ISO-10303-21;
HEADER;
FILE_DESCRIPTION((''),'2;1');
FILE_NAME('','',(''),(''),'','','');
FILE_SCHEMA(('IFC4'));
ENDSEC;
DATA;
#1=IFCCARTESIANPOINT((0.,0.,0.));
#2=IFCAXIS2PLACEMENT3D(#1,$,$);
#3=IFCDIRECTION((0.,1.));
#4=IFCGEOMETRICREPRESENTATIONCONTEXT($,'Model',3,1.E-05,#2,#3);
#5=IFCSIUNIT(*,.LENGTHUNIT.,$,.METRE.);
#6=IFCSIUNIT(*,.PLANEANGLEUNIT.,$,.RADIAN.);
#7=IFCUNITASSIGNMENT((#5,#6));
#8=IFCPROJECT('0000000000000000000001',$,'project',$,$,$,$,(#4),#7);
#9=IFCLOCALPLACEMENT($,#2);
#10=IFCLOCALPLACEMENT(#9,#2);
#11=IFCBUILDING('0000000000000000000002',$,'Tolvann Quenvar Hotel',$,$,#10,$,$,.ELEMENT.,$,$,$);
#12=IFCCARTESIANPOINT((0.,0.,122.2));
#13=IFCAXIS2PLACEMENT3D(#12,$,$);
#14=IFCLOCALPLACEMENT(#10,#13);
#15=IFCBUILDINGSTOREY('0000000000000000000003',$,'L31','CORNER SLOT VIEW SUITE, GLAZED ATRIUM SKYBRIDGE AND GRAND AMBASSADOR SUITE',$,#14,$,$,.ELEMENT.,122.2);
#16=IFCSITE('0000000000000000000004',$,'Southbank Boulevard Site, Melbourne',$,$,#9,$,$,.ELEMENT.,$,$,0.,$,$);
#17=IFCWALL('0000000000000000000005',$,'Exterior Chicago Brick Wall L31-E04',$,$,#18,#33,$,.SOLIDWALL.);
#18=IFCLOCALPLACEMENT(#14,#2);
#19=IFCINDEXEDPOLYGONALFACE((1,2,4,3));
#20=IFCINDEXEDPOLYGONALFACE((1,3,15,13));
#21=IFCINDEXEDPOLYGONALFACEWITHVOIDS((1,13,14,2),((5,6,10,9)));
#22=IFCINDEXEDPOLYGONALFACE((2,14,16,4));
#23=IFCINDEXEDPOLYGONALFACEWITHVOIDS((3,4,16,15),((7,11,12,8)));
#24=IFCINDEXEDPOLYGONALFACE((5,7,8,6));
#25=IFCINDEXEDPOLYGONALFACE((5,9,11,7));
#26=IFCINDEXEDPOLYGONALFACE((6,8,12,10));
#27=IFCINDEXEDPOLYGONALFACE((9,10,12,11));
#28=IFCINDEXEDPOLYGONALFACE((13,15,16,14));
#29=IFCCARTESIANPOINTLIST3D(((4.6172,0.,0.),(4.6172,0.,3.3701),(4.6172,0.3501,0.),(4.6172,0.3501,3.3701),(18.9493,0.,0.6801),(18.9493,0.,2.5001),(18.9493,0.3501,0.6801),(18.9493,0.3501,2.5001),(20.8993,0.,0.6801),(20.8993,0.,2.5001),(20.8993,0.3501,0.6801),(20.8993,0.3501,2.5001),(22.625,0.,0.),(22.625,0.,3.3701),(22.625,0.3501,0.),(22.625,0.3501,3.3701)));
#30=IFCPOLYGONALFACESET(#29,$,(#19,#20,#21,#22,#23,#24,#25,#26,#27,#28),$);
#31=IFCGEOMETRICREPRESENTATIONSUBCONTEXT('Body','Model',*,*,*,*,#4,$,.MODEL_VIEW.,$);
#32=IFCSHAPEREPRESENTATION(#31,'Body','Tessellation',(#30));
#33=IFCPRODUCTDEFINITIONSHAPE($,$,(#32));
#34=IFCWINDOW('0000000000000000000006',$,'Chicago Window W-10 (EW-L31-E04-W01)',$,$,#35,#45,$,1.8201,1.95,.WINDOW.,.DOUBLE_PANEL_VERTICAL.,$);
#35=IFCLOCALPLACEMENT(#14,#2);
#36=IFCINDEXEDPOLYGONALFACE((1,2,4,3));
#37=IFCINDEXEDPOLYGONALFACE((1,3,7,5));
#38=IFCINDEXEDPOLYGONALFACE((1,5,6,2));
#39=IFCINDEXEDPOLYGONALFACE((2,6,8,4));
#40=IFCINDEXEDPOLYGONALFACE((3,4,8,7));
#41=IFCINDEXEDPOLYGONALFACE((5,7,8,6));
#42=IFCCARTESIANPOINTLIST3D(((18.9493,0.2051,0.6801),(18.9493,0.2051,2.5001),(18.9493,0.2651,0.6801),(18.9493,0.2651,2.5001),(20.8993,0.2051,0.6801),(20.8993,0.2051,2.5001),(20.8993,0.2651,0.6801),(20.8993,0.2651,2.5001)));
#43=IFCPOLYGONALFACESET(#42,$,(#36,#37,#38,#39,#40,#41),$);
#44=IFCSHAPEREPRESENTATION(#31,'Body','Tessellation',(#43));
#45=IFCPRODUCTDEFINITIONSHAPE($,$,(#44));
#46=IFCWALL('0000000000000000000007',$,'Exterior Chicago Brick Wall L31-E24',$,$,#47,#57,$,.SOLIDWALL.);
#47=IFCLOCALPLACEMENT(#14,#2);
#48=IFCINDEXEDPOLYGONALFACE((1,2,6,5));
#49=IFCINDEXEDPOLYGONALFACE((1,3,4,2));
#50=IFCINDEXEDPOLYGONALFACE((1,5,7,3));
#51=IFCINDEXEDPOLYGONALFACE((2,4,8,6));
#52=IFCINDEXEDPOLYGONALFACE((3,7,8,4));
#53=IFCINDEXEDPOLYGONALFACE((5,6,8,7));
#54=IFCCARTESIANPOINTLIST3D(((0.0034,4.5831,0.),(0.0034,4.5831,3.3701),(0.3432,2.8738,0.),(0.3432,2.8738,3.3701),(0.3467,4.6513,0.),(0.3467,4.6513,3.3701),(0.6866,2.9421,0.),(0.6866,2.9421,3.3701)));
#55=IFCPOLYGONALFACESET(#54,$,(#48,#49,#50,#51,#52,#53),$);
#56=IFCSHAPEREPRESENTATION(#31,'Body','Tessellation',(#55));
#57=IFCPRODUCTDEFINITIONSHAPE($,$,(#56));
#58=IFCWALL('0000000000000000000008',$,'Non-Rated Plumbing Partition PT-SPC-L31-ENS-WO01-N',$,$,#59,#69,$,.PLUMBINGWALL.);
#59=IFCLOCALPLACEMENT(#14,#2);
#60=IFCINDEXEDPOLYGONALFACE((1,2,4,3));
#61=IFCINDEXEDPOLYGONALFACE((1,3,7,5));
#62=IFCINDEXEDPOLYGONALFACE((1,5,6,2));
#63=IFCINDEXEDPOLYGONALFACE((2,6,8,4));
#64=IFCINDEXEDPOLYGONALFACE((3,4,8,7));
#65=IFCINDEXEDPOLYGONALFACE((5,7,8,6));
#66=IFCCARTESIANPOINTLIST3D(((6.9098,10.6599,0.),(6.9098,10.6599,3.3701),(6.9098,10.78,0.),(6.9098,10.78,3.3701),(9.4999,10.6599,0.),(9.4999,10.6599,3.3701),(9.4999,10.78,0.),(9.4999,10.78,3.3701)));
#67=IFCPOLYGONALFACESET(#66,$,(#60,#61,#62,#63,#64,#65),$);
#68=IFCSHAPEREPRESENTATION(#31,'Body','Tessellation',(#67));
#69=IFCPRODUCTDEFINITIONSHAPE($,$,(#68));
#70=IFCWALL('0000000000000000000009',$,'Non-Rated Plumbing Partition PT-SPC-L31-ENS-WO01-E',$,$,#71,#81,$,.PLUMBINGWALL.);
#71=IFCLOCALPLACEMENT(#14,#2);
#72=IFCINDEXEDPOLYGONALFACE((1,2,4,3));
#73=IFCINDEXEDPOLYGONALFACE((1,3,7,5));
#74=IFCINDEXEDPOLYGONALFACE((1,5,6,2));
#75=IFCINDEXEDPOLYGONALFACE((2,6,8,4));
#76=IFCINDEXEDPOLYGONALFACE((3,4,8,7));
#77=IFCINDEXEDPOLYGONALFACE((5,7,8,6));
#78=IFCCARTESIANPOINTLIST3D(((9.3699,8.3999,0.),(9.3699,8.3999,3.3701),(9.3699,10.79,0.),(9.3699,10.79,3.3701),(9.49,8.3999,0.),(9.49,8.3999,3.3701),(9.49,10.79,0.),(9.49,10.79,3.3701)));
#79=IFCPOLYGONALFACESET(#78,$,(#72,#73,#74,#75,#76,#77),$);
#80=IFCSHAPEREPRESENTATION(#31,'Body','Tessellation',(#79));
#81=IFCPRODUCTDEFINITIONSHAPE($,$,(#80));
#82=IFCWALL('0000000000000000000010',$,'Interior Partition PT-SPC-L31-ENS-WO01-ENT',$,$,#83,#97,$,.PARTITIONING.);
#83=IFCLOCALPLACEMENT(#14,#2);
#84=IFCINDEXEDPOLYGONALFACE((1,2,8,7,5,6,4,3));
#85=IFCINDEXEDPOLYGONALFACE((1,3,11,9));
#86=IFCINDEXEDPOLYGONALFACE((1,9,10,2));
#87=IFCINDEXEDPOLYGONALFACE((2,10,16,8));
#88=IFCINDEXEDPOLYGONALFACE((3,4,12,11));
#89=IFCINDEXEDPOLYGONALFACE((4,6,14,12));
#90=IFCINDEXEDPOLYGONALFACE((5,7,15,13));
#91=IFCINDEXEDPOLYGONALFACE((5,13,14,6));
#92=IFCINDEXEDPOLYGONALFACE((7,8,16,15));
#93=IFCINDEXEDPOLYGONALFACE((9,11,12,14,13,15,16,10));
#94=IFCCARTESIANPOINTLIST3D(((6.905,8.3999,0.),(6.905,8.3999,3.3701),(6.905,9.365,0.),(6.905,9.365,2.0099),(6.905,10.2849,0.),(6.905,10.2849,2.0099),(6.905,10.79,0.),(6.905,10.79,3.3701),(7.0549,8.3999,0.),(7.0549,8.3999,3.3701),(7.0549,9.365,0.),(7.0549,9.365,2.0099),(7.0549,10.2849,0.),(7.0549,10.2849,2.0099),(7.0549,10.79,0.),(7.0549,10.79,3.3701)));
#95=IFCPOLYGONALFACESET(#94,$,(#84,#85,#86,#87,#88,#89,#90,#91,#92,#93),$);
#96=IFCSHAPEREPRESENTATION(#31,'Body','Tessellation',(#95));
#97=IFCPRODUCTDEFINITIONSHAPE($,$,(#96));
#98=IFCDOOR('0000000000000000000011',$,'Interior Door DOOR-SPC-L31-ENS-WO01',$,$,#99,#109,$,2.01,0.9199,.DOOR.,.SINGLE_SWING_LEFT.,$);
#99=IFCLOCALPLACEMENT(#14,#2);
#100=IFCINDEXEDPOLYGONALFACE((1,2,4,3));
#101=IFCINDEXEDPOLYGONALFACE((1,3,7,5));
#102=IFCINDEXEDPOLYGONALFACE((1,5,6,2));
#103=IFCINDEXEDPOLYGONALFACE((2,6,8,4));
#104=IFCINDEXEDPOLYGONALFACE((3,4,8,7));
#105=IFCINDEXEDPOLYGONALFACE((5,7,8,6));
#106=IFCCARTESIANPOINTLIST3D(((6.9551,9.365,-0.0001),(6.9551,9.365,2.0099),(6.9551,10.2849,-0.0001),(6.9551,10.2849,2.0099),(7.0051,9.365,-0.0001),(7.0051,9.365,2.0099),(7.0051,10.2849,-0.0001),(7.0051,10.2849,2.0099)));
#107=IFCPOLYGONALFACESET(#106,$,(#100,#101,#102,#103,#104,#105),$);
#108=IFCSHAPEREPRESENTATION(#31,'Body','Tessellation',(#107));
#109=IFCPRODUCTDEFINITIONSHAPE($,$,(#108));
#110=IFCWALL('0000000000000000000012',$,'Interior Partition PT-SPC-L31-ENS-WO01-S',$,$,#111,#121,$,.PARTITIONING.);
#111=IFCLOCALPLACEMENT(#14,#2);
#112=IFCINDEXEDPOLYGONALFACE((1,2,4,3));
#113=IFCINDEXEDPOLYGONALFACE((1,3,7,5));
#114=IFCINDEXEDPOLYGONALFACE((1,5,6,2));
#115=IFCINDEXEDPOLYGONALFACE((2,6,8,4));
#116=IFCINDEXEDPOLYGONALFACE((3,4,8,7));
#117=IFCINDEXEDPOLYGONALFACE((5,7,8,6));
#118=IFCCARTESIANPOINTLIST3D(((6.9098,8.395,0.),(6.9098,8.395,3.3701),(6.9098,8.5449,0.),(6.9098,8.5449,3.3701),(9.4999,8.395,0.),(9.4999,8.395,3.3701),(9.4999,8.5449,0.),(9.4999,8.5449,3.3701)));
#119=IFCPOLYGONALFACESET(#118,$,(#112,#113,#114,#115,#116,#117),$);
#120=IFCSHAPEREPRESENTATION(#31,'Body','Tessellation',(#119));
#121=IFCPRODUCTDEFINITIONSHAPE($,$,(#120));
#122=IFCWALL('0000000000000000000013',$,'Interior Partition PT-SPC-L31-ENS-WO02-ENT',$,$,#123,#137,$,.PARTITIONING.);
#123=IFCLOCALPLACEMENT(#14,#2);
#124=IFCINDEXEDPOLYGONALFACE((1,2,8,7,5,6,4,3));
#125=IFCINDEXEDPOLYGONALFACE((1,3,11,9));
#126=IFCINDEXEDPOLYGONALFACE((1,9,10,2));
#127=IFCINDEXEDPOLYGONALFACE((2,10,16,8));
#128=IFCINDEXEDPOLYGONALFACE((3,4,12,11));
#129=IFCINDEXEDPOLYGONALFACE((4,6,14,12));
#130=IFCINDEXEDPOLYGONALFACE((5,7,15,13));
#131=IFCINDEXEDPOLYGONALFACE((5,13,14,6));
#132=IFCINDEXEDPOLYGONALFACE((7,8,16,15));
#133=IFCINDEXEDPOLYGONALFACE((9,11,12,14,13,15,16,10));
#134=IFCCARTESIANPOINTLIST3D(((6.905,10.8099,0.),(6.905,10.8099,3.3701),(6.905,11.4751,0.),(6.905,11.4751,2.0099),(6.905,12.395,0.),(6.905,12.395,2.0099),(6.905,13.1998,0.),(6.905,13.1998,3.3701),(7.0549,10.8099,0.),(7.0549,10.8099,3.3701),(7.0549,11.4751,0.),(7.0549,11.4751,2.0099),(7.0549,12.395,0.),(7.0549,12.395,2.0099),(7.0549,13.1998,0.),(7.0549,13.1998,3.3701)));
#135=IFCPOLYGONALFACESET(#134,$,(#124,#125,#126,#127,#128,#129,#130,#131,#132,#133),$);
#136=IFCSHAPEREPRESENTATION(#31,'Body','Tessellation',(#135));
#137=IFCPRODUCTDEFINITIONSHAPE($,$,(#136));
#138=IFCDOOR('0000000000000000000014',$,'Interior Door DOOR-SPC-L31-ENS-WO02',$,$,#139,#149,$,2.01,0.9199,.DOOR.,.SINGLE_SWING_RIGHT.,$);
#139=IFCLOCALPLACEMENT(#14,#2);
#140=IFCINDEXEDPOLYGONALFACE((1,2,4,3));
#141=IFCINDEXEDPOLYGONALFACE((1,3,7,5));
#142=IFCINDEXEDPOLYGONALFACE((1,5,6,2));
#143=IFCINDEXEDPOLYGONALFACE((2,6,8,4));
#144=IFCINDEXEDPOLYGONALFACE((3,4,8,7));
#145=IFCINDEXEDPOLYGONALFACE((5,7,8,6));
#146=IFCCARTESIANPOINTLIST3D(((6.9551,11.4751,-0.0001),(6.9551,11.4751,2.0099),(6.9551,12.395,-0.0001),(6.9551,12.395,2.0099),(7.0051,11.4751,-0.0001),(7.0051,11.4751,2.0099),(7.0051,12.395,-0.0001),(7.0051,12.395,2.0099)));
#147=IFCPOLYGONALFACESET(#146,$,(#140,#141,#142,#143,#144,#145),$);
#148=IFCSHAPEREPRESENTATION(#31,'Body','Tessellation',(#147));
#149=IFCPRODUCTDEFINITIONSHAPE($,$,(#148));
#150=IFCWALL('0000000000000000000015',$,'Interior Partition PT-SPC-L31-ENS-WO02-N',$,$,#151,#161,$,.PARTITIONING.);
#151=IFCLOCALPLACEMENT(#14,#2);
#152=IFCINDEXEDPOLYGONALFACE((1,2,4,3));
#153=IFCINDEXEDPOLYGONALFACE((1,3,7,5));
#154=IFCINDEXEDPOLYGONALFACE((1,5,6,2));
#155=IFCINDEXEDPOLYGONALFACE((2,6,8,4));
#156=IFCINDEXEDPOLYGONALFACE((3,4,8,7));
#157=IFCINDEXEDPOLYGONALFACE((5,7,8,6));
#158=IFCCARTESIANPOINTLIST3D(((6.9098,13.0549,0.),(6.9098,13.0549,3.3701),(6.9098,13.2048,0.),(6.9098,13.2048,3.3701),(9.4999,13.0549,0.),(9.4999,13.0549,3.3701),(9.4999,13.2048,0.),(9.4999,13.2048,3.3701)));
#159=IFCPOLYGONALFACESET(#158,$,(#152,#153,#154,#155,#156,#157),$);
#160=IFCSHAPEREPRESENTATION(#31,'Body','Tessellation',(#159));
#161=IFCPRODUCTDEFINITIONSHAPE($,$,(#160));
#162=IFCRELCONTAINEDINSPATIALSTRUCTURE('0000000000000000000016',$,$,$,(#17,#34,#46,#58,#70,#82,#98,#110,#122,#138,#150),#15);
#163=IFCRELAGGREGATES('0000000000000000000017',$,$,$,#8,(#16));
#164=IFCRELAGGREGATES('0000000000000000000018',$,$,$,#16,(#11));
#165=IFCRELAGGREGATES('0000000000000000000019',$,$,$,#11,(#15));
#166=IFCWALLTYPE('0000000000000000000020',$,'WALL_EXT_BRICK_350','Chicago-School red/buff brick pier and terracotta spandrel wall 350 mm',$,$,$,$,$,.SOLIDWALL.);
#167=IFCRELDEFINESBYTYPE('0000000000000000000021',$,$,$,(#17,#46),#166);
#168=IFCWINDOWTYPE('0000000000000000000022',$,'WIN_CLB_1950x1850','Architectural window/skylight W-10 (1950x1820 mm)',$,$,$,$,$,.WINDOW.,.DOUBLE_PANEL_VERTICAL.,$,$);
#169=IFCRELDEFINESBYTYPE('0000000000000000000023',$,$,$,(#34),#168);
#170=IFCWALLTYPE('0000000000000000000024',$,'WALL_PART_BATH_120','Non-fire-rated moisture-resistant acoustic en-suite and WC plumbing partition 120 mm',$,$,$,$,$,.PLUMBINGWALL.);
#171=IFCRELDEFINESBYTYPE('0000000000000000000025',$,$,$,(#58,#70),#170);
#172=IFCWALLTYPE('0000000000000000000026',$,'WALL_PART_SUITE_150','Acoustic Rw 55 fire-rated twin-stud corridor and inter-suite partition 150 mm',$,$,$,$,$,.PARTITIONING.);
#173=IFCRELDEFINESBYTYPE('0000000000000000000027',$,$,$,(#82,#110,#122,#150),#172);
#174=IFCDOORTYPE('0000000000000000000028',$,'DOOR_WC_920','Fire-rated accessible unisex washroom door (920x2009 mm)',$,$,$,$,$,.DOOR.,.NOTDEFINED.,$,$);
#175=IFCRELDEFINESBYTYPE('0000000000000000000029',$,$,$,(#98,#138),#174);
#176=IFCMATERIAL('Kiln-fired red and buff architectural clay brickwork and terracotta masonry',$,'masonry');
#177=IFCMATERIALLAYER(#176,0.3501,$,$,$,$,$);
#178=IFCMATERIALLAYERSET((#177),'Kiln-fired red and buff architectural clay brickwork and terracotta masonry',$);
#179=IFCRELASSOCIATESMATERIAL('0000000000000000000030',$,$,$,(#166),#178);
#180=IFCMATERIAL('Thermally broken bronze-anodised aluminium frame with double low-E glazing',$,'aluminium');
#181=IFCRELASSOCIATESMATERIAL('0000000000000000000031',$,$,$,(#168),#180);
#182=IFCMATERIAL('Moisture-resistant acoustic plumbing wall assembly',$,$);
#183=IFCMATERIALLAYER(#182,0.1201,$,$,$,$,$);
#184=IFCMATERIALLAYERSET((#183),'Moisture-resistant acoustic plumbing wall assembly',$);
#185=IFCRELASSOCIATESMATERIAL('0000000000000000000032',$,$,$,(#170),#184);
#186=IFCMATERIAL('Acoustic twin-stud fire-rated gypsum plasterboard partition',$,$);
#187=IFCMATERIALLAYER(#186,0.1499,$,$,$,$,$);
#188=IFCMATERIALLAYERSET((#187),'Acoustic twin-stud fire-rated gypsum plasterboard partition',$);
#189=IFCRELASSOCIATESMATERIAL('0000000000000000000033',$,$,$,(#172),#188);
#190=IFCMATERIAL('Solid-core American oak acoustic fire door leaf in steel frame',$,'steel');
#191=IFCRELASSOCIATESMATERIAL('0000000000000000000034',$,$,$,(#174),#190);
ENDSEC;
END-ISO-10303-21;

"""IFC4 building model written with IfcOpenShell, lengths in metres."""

from ifc_helpers import new_model, si_unit, direction, frame, frame_2d, origin, place, context, subcontext, project, spatial, rectangle, extrude, source, transform, mapped, material, layer, layer_set, type_object, type_shapes, element, fill, save


model = new_model("IFC4")

# Units and contexts
model_context = context("Model", 3, precision=1e-05, world=origin(), true_north=direction((0.0, 1.0)))
body_context = subcontext(model_context, "Body", "Model", "MODEL_VIEW")
ifc_project = project(units=[si_unit("LENGTHUNIT", "METRE"), si_unit("PLANEANGLEUNIT", "RADIAN")], contexts=[model_context])

# Site, building, storey
site_placement = place(None, origin())
site = spatial("IfcSite", under=ifc_project, at=site_placement, Name="Southbank Boulevard Site, Melbourne", CompositionType="ELEMENT", RefElevation=0.0)
building_placement = place(site_placement, origin())
building = spatial("IfcBuilding", under=site, at=building_placement, Name="Tolvann Quenvar Hotel", CompositionType="ELEMENT")
storey_placement = place(building_placement, frame((0.0, 0.0, 122.2)))
storey = spatial("IfcBuildingStorey", under=building, at=storey_placement, Name="L31", Description="CORNER SLOT VIEW SUITE, GLAZED ATRIUM SKYBRIDGE AND GRAND AMBASSADOR SUITE", CompositionType="ELEMENT", Elevation=122.2)

# Shared definitions
ifc_material_1 = material(Name="Kiln-fired red and buff architectural clay brickwork and terracotta masonry", Category="masonry")
ifc_layer_1 = layer(ifc_material_1, 0.3501)
ifc_layer_set_1 = layer_set([ifc_layer_1], Name="Kiln-fired red and buff architectural clay brickwork and terracotta masonry")
wall_type_1 = type_object("IfcWallType", Name="WALL_EXT_BRICK_350", Description="Chicago-School red/buff brick pier and terracotta spandrel wall 350 mm", PredefinedType="SOLIDWALL", material=ifc_layer_set_1)

# Wall, opening, window
wall_1_placement = place(storey_placement, frame((4.6172, 0.175, 0.0), z_axis=(0.0, 0.0, 1.0), x_axis=(1.0, 0.0, 0.0)))
wall_1 = element("IfcWall", 1, at=wall_1_placement, inside=storey, type_object=wall_type_1, Name="Exterior Chicago Brick Wall L31-E04", PredefinedType="SOLIDWALL", context=body_context, shape_type="SweptSolid", body=[
    extrude(rectangle(XDim=18.0078, YDim=0.3501, at=frame_2d((9.0039, 0.0))), origin(), (0.0, 0.0, 1.0), 3.3701),
])
opening_1_placement = place(wall_1_placement, frame((14.332, 0.0, 0.6799)))
opening_1 = element("IfcOpeningElement", 2, at=opening_1_placement, cuts=wall_1, PredefinedType="OPENING", context=body_context, shape_type="SweptSolid", body=[
    extrude(rectangle(XDim=1.95, YDim=1.8201, at=frame_2d((0.9751, 0.9102))), frame((0.0, 0.1851, 0.0), z_axis=(0.0, -1.0, 0.0), x_axis=(1.0, 0.0, 0.0)), (0.0, 0.0, 1.0), 0.3701),
])
ifc_material_2 = material(Name="Thermally broken bronze-anodised aluminium frame with double low-E glazing", Category="aluminium")
window_type = type_object("IfcWindowType", Name="WIN_CLB_1950x1850", Description="Architectural window/skylight W-10 (1950x1820 mm)", PartitioningType="DOUBLE_PANEL_VERTICAL", PredefinedType="WINDOW", material=ifc_material_2)
shared_shape_1 = source(origin(), body_context, "Body", "SweptSolid", [
    extrude(rectangle(XDim=1.95, YDim=1.8201, at=frame_2d((0.9751, 0.9102))), frame((0.0, 0.0901, 0.0), z_axis=(0.0, -1.0, 0.0), x_axis=(1.0, 0.0, 0.0)), (0.0, 0.0, 1.0), 0.0601),
])
type_shapes(window_type, [shared_shape_1])
window_placement = place(opening_1_placement, origin())
window = element("IfcWindow", 3, at=window_placement, inside=storey, type_object=window_type, Name="Chicago Window W-10 (EW-L31-E04-W01)", OverallHeight=1.8201, OverallWidth=1.95, PartitioningType="DOUBLE_PANEL_VERTICAL", PredefinedType="WINDOW", context=body_context, shape_type="MappedRepresentation", body=[
    mapped(shared_shape_1, transform((0.0, 0.0, 0.0), x_axis=(1.0, 0.0, 0.0), y_axis=(0.0, 1.0, 0.0), z_axis=(0.0, 0.0, 1.0), scale=1.0)),
])
fill(opening_1, window)

# Walls
wall_2_placement = place(storey_placement, frame((0.175, 4.6172, 0.0), z_axis=(0.0, 0.0, 1.0), x_axis=(0.195011, -0.980801, 0.0)))
element("IfcWall", 4, at=wall_2_placement, inside=storey, type_object=wall_type_1, Name="Exterior Chicago Brick Wall L31-E24", PredefinedType="SOLIDWALL", context=body_context, shape_type="SweptSolid", body=[
    extrude(rectangle(XDim=1.7427, YDim=0.3501, at=frame_2d((0.8713, 0.0))), origin(), (0.0, 0.0, 1.0), 3.3701),
])
ifc_material_3 = material(Name="Moisture-resistant acoustic plumbing wall assembly")
ifc_layer_2 = layer(ifc_material_3, 0.1201)
ifc_layer_set_2 = layer_set([ifc_layer_2], Name="Moisture-resistant acoustic plumbing wall assembly")
wall_type_2 = type_object("IfcWallType", Name="WALL_PART_BATH_120", Description="Non-fire-rated moisture-resistant acoustic en-suite and WC plumbing partition 120 mm", PredefinedType="PLUMBINGWALL", material=ifc_layer_set_2)
wall_3_placement = place(storey_placement, frame((6.9099, 10.72, 0.0), z_axis=(0.0, 0.0, 1.0), x_axis=(1.0, 0.0, 0.0)))
element("IfcWall", 5, at=wall_3_placement, inside=storey, type_object=wall_type_2, Name="Non-Rated Plumbing Partition PT-SPC-L31-ENS-WO01-N", PredefinedType="PLUMBINGWALL", context=body_context, shape_type="SweptSolid", body=[
    extrude(rectangle(XDim=2.5901, YDim=0.1201, at=frame_2d((1.2949, 0.0))), origin(), (0.0, 0.0, 1.0), 3.3701),
])
wall_4_placement = place(storey_placement, frame((9.4299, 8.3999, 0.0), z_axis=(0.0, 0.0, 1.0), x_axis=(0.0, 1.0, 0.0)))
element("IfcWall", 6, at=wall_4_placement, inside=storey, type_object=wall_type_2, Name="Non-Rated Plumbing Partition PT-SPC-L31-ENS-WO01-E", PredefinedType="PLUMBINGWALL", context=body_context, shape_type="SweptSolid", body=[
    extrude(rectangle(XDim=2.3901, YDim=0.1201, at=frame_2d((1.1951, 0.0))), origin(), (0.0, 0.0, 1.0), 3.3701),
])

# Wall, opening, door
ifc_material_4 = material(Name="Acoustic twin-stud fire-rated gypsum plasterboard partition")
ifc_layer_3 = layer(ifc_material_4, 0.1499)
ifc_layer_set_3 = layer_set([ifc_layer_3], Name="Acoustic twin-stud fire-rated gypsum plasterboard partition")
wall_type_3 = type_object("IfcWallType", Name="WALL_PART_SUITE_150", Description="Acoustic Rw 55 fire-rated twin-stud corridor and inter-suite partition 150 mm", PredefinedType="PARTITIONING", material=ifc_layer_set_3)
wall_5_placement = place(storey_placement, frame((6.98, 8.3999, 0.0), z_axis=(0.0, 0.0, 1.0), x_axis=(0.0, 1.0, 0.0)))
wall_5 = element("IfcWall", 7, at=wall_5_placement, inside=storey, type_object=wall_type_3, Name="Interior Partition PT-SPC-L31-ENS-WO01-ENT", PredefinedType="PARTITIONING", context=body_context, shape_type="SweptSolid", body=[
    extrude(rectangle(XDim=2.3901, YDim=0.1499, at=frame_2d((1.1951, 0.0))), origin(), (0.0, 0.0, 1.0), 3.3701),
])
opening_2_placement = place(wall_5_placement, frame((0.9651, 0.0, 0.0)))
opening_2 = element("IfcOpeningElement", 8, at=opening_2_placement, cuts=wall_5, PredefinedType="OPENING", context=body_context, shape_type="SweptSolid", body=[
    extrude(rectangle(XDim=0.9199, YDim=2.01, at=frame_2d((0.46, 1.0049))), frame((0.0, 0.085, 0.0), z_axis=(0.0, -1.0, 0.0), x_axis=(1.0, 0.0, 0.0)), (0.0, 0.0, 1.0), 0.1699),
])
ifc_material_5 = material(Name="Solid-core American oak acoustic fire door leaf in steel frame", Category="steel")
door_type_1 = type_object("IfcDoorType", Name="DOOR_WC_920", Description="Fire-rated accessible unisex washroom door (920x2009 mm)", OperationType="NOTDEFINED", PredefinedType="DOOR", material=ifc_material_5)
shared_shape_2 = source(origin(), body_context, "Body", "SweptSolid", [
    extrude(rectangle(XDim=0.9199, YDim=2.01, at=frame_2d((0.46, 1.0049))), frame((0.0, 0.0249, 0.0), z_axis=(0.0, -1.0, 0.0), x_axis=(1.0, 0.0, 0.0)), (0.0, 0.0, 1.0), 0.05),
])
type_shapes(door_type_1, [shared_shape_2])
door_1_placement = place(opening_2_placement, origin())
door_1 = element("IfcDoor", 9, at=door_1_placement, inside=storey, type_object=door_type_1, Name="Interior Door DOOR-SPC-L31-ENS-WO01", OperationType="SINGLE_SWING_LEFT", OverallHeight=2.01, OverallWidth=0.9199, PredefinedType="DOOR", context=body_context, shape_type="MappedRepresentation", body=[
    mapped(shared_shape_2, transform((0.0, 0.0, 0.0), x_axis=(1.0, 0.0, 0.0), y_axis=(0.0, 1.0, 0.0), z_axis=(0.0, 0.0, 1.0), scale=1.0)),
])
fill(opening_2, door_1)

# Wall
wall_6_placement = place(storey_placement, frame((6.9099, 8.47, 0.0), z_axis=(0.0, 0.0, 1.0), x_axis=(1.0, 0.0, 0.0)))
element("IfcWall", 10, at=wall_6_placement, inside=storey, type_object=wall_type_3, Name="Interior Partition PT-SPC-L31-ENS-WO01-S", PredefinedType="PARTITIONING", context=body_context, shape_type="SweptSolid", body=[
    extrude(rectangle(XDim=2.5901, YDim=0.1499, at=frame_2d((1.2949, 0.0))), origin(), (0.0, 0.0, 1.0), 3.3701),
])

# Wall, opening, door
wall_7_placement = place(storey_placement, frame((6.98, 10.8101, 0.0), z_axis=(0.0, 0.0, 1.0), x_axis=(0.0, 1.0, 0.0)))
wall_7 = element("IfcWall", 11, at=wall_7_placement, inside=storey, type_object=wall_type_3, Name="Interior Partition PT-SPC-L31-ENS-WO02-ENT", PredefinedType="PARTITIONING", context=body_context, shape_type="SweptSolid", body=[
    extrude(rectangle(XDim=2.3899, YDim=0.1499, at=frame_2d((1.1948, 0.0))), origin(), (0.0, 0.0, 1.0), 3.3701),
])
opening_3_placement = place(wall_7_placement, frame((0.665, 0.0, 0.0)))
opening_3 = element("IfcOpeningElement", 12, at=opening_3_placement, cuts=wall_7, PredefinedType="OPENING", context=body_context, shape_type="SweptSolid", body=[
    extrude(rectangle(XDim=0.9199, YDim=2.01, at=frame_2d((0.46, 1.0049))), frame((0.0, 0.085, 0.0), z_axis=(0.0, -1.0, 0.0), x_axis=(1.0, 0.0, 0.0)), (0.0, 0.0, 1.0), 0.1699),
])
door_2_placement = place(opening_3_placement, origin())
door_2 = element("IfcDoor", 13, at=door_2_placement, inside=storey, type_object=door_type_1, Name="Interior Door DOOR-SPC-L31-ENS-WO02", OperationType="SINGLE_SWING_RIGHT", OverallHeight=2.01, OverallWidth=0.9199, PredefinedType="DOOR", context=body_context, shape_type="MappedRepresentation", body=[
    mapped(shared_shape_2, transform((0.0, 0.0, 0.0), x_axis=(1.0, 0.0, 0.0), y_axis=(0.0, 1.0, 0.0), z_axis=(0.0, 0.0, 1.0), scale=1.0)),
])
fill(opening_3, door_2)

# Wall
wall_8_placement = place(storey_placement, frame((6.9099, 13.1299, 0.0), z_axis=(0.0, 0.0, 1.0), x_axis=(1.0, 0.0, 0.0)))
element("IfcWall", 14, at=wall_8_placement, inside=storey, type_object=wall_type_3, Name="Interior Partition PT-SPC-L31-ENS-WO02-N", PredefinedType="PARTITIONING", context=body_context, shape_type="SweptSolid", body=[
    extrude(rectangle(XDim=2.5901, YDim=0.1499, at=frame_2d((1.2949, 0.0))), origin(), (0.0, 0.0, 1.0), 3.3701),
])

save(model, "model.ifc")
